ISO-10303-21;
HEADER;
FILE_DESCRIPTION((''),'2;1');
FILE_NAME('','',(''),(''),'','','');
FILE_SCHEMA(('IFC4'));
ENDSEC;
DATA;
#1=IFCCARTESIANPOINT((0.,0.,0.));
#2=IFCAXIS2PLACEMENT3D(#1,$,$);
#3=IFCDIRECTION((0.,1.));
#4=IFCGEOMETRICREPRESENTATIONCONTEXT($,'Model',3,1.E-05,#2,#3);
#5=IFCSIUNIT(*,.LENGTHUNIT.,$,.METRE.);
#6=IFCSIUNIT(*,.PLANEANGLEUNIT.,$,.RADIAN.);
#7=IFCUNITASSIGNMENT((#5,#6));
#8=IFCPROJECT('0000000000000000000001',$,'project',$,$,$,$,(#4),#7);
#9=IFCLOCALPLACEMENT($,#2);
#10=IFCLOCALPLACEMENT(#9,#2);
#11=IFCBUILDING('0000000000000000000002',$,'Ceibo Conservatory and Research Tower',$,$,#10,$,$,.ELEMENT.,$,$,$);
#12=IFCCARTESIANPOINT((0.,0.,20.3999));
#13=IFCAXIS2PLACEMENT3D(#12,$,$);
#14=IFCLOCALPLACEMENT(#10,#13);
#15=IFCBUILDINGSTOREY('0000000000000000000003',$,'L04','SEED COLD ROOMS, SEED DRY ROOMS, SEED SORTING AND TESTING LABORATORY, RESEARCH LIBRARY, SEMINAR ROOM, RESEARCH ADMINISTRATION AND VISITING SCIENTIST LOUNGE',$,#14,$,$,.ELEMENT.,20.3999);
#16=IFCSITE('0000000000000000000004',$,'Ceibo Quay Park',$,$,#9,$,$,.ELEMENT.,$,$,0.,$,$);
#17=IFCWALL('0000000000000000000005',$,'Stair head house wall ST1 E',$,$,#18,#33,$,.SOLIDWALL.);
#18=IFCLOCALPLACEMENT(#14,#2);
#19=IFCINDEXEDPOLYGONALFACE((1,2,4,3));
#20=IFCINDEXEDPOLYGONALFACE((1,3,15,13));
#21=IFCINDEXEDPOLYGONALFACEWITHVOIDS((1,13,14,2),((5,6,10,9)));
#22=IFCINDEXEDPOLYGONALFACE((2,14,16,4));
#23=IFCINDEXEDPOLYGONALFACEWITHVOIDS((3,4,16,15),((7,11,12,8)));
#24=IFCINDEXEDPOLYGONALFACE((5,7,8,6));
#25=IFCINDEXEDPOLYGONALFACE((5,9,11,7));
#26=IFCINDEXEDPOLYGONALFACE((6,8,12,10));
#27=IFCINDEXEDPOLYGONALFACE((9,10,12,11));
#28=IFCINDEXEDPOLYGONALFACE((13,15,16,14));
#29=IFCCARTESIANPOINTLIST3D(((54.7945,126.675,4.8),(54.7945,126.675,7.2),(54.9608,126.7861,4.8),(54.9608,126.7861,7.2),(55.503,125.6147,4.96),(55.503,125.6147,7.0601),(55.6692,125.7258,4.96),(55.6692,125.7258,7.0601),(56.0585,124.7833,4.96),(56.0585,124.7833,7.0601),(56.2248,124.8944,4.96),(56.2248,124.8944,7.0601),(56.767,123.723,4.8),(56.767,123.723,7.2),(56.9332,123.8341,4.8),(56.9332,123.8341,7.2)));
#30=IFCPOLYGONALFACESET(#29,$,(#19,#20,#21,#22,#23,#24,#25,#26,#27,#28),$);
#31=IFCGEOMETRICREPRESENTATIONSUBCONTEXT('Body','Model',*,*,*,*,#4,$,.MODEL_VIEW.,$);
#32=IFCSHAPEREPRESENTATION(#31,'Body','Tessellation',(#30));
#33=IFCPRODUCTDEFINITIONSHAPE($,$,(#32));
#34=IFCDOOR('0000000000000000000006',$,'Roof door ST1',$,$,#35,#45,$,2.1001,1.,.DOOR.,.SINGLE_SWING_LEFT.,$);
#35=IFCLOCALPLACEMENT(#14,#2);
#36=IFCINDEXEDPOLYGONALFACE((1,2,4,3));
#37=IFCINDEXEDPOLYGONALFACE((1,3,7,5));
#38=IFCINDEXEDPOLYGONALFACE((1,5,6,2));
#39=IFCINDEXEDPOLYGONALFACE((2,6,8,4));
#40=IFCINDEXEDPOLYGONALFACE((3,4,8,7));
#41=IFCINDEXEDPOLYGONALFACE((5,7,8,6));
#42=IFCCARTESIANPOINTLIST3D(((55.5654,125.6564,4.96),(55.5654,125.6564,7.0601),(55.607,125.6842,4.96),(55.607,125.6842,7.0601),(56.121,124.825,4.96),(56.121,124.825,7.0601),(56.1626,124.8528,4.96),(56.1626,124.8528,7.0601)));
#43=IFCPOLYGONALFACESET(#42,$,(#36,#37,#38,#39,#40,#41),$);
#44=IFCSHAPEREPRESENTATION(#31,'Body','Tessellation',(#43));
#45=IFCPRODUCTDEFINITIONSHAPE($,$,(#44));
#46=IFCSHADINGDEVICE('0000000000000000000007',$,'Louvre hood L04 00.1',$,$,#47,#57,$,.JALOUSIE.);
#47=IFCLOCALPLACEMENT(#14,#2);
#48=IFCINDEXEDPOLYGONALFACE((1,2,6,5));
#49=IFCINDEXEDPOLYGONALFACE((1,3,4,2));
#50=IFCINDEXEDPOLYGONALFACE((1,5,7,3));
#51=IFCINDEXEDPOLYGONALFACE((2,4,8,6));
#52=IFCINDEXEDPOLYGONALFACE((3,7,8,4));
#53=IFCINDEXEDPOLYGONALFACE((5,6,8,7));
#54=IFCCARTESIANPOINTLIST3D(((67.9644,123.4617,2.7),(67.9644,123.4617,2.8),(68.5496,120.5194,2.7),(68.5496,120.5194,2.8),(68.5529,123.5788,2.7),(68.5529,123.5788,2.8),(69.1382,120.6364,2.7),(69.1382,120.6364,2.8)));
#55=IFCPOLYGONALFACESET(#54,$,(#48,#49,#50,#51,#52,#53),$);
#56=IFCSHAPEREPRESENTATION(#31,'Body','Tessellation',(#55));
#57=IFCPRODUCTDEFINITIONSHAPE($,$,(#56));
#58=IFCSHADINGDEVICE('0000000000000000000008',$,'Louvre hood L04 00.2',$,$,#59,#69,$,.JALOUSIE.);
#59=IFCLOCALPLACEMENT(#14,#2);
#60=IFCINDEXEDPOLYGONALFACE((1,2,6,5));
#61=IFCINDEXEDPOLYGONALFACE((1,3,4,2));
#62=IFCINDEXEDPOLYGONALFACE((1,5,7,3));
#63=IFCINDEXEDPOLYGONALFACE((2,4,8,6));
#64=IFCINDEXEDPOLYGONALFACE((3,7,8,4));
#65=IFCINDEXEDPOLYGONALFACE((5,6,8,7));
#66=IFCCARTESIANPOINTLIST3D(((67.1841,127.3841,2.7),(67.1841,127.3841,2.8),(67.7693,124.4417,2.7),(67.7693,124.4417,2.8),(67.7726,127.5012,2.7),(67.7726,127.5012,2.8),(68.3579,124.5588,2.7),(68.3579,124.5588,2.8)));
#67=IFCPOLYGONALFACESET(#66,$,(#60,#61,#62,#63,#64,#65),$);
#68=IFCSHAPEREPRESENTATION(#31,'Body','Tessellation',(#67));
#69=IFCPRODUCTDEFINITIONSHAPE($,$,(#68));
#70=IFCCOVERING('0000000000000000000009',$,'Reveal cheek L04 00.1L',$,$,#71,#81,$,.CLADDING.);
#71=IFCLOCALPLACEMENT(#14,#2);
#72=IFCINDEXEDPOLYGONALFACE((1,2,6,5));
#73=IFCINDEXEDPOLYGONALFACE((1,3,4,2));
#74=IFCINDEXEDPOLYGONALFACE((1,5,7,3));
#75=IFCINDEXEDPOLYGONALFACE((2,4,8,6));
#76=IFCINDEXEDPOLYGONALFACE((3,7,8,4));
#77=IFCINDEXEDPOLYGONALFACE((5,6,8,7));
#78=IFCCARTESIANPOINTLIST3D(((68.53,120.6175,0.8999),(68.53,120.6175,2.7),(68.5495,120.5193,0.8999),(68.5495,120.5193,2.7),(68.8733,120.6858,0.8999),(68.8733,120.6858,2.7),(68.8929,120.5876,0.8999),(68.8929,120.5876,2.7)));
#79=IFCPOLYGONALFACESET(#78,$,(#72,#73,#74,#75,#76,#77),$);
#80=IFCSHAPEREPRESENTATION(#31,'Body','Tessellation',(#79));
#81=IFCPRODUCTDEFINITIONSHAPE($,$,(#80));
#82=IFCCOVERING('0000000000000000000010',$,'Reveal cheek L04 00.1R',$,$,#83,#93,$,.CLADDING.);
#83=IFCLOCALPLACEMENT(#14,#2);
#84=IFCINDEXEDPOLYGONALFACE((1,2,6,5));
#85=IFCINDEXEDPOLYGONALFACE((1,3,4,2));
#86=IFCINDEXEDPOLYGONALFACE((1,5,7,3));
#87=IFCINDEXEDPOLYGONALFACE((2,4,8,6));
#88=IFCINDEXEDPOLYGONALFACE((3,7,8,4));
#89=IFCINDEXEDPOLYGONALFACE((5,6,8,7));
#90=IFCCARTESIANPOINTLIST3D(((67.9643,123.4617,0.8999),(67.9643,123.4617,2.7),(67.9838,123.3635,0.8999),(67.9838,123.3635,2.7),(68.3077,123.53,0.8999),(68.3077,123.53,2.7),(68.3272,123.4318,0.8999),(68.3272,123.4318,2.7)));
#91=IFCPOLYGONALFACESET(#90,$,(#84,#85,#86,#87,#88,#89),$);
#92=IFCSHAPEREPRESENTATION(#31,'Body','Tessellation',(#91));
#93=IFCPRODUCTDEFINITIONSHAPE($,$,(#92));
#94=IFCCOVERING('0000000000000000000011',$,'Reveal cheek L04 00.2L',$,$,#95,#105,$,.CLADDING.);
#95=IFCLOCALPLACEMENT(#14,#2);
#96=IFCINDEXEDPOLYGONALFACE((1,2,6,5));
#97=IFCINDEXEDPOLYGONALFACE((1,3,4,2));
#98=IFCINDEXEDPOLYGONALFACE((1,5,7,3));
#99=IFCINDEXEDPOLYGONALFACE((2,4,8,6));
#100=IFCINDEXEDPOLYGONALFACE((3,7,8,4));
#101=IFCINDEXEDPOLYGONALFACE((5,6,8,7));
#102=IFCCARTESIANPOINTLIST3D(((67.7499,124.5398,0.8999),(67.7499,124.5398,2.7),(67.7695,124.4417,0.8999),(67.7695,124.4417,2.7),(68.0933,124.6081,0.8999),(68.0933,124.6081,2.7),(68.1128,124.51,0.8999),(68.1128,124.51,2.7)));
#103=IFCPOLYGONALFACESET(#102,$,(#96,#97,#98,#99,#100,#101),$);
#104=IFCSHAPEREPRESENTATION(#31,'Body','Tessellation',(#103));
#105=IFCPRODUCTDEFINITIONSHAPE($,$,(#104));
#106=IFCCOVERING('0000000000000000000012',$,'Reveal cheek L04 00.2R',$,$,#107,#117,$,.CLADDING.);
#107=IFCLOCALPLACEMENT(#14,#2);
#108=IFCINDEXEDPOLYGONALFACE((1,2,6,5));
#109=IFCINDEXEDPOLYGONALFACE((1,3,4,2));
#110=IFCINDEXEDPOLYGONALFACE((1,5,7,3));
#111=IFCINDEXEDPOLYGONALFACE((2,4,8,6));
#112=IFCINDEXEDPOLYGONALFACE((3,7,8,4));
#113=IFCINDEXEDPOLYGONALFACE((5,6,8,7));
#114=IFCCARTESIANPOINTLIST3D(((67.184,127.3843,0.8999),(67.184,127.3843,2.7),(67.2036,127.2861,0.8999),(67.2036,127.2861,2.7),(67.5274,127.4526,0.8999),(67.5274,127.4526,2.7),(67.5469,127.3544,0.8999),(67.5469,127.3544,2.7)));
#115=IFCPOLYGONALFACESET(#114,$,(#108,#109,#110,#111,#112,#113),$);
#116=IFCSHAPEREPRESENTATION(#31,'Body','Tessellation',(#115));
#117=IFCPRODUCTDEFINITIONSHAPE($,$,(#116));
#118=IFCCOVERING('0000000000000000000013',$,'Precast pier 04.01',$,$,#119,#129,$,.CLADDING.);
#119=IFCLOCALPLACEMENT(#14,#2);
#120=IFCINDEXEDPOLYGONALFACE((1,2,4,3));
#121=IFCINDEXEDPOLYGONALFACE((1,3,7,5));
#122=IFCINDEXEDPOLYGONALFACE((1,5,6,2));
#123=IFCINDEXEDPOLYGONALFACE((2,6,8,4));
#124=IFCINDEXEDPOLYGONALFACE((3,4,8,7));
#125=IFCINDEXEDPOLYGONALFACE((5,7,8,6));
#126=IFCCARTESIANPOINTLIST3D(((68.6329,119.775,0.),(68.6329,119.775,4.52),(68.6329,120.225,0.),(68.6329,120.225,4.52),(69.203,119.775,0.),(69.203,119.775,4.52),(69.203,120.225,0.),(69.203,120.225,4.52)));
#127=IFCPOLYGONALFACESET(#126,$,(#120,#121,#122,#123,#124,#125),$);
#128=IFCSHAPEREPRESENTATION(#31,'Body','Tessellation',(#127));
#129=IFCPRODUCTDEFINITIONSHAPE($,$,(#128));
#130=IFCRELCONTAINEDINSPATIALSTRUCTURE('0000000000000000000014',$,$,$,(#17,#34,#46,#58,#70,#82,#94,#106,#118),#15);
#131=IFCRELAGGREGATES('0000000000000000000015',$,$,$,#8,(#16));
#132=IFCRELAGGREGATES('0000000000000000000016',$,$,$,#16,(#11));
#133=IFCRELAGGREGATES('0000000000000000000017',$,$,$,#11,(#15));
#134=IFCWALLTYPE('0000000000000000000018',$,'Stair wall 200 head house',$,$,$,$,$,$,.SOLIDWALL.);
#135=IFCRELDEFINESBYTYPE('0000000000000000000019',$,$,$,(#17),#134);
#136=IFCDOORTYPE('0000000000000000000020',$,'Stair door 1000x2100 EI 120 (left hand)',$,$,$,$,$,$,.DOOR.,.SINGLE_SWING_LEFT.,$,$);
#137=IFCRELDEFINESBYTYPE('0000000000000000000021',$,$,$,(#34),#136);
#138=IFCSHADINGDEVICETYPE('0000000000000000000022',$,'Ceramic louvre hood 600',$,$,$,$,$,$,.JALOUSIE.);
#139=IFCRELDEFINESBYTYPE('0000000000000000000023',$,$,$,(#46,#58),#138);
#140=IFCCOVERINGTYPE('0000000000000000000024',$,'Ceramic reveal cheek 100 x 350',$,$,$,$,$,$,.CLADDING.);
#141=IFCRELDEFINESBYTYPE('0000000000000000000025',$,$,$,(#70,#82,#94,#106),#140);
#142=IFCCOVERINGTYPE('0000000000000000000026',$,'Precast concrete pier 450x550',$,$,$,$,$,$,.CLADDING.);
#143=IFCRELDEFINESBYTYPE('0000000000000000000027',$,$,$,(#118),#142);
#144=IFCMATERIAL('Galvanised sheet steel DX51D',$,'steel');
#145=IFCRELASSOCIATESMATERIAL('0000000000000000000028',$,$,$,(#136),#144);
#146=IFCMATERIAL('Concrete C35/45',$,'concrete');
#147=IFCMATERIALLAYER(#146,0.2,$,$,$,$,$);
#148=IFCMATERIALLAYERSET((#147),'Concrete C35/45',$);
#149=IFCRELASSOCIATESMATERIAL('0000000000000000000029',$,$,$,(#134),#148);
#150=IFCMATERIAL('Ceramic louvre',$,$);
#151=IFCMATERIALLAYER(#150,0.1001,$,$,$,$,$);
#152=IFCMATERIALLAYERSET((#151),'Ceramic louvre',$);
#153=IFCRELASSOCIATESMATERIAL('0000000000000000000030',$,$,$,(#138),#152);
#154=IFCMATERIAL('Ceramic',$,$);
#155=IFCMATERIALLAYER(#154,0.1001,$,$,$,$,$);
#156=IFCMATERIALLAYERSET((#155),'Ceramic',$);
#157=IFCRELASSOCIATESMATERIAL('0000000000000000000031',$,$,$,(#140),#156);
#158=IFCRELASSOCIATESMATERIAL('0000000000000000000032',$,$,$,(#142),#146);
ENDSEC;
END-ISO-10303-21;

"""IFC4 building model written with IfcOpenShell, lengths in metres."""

from ifc_helpers import new_model, si_unit, direction, frame, frame_2d, origin, origin_2d, place, context, subcontext, project, spatial, rectangle, extrude, material, layer, layer_set, type_object, element, fill, save


model = new_model("IFC4")

# Units and contexts
model_context = context("Model", 3, precision=1e-05, world=origin(), true_north=direction((0.0, 1.0)))
body_context = subcontext(model_context, "Body", "Model", "MODEL_VIEW")
ifc_project = project(units=[si_unit("LENGTHUNIT", "METRE"), si_unit("PLANEANGLEUNIT", "RADIAN")], contexts=[model_context])

# Site, building, storey
site_placement = place(None, origin())
site = spatial("IfcSite", under=ifc_project, at=site_placement, Name="Ceibo Quay Park", CompositionType="ELEMENT", RefElevation=0.0)
building_placement = place(site_placement, origin())
building = spatial("IfcBuilding", under=site, at=building_placement, Name="Ceibo Conservatory and Research Tower", CompositionType="ELEMENT")
storey_placement = place(building_placement, frame((0.0, 0.0, 20.3999)))
storey = spatial("IfcBuildingStorey", under=building, at=storey_placement, Name="L04", Description="SEED COLD ROOMS, SEED DRY ROOMS, SEED SORTING AND TESTING LABORATORY, RESEARCH LIBRARY, SEMINAR ROOM, RESEARCH ADMINISTRATION AND VISITING SCIENTIST LOUNGE", CompositionType="ELEMENT", Elevation=20.3999)

# Shared definitions
ifc_material_1 = material(Name="Concrete C35/45", Category="concrete")

# Shared definitions
ifc_material_2 = material(Name="Galvanised sheet steel DX51D", Category="steel")
door_type_1 = type_object("IfcDoorType", Name="Stair door 1000x2100 EI 120 (left hand)", OperationType="SINGLE_SWING_LEFT", PredefinedType="DOOR", material=ifc_material_2)

# Wall, opening, door
ifc_layer_1 = layer(ifc_material_1, 0.2)
ifc_layer_set_1 = layer_set([ifc_layer_1], Name="Concrete C35/45")
wall_type_1 = type_object("IfcWallType", Name="Stair wall 200 head house", PredefinedType="SOLIDWALL", material=ifc_layer_set_1)
wall_1_placement = place(storey_placement, frame((56.8501, 123.7786, 4.8), z_axis=(0.0, 0.0, 1.0), x_axis=(-0.555573, 0.831468, 0.0)))
wall_1 = element("IfcWall", 1, at=wall_1_placement, inside=storey, type_object=wall_type_1, Name="Stair head house wall ST1 E", PredefinedType="SOLIDWALL", context=body_context, shape_type="SweptSolid", body=[
    extrude(rectangle(XDim=3.5503, YDim=0.2, at=frame_2d((1.7751, 0.0))), origin(), (0.0, 0.0, 1.0), 2.3999),
])
opening_1_placement = place(wall_1_placement, frame((1.2751, 0.0, 0.1599)))
opening_1 = element("IfcOpeningElement", 2, at=opening_1_placement, cuts=wall_1, PredefinedType="OPENING", context=body_context, shape_type="SweptSolid", body=[
    extrude(rectangle(XDim=1.0, YDim=2.1001, at=frame_2d((0.5, 1.05))), frame((0.0, 0.1099, 0.0), z_axis=(0.0, -1.0, 0.0), x_axis=(1.0, 0.0, 0.0)), (0.0, 0.0, 1.0), 0.22),
])
door_1_placement = place(opening_1_placement, origin())
door_1 = element("IfcDoor", 3, at=door_1_placement, inside=storey, type_object=door_type_1, Name="Roof door ST1", OperationType="SINGLE_SWING_LEFT", OverallHeight=2.1001, OverallWidth=1.0, PredefinedType="DOOR", context=body_context, shape_type="SweptSolid", body=[
    extrude(rectangle(XDim=1.0, YDim=2.1001, at=frame_2d((0.5, 1.05))), frame((0.0, 0.0249, 0.0), z_axis=(0.0, -1.0, 0.0), x_axis=(1.0, 0.0, 0.0)), (0.0, 0.0, 1.0), 0.05),
])
fill(opening_1, door_1)

# Shading devices
ifc_material_3 = material(Name="Ceramic louvre")
ifc_layer_2 = layer(ifc_material_3, 0.1001)
ifc_layer_set_2 = layer_set([ifc_layer_2], Name="Ceramic louvre")
shading_device_type = type_object("IfcShadingDeviceType", Name="Ceramic louvre hood 600", PredefinedType="JALOUSIE", material=ifc_layer_set_2)
for number, where, z_axis, x_axis, name in (
    (4, (68.5513, 122.0491, 2.7), (0.0, 0.0, 1.0), (-0.19509, 0.980785, 0.0), "Louvre hood L04 00.1"),
    (5, (67.771, 125.9714, 2.7), (0.0, 0.0, 1.0), (-0.19509, 0.980785, 0.0), "Louvre hood L04 00.2"),
):
    element("IfcShadingDevice", number, at=place(storey_placement, frame(where, z_axis=z_axis, x_axis=x_axis)), inside=storey, type_object=shading_device_type, Name=name, PredefinedType="JALOUSIE", context=body_context, shape_type="SweptSolid", body=[
        extrude(rectangle(XDim=3.0, YDim=0.6001, at=origin_2d()), origin(), (0.0, 0.0, 1.0), 0.1001),
    ])

# Coverings
ifc_material_4 = material(Name="Ceramic")
ifc_layer_3 = layer(ifc_material_4, 0.1001)
ifc_layer_set_3 = layer_set([ifc_layer_3], Name="Ceramic")
covering_type_1 = type_object("IfcCoveringType", Name="Ceramic reveal cheek 100 x 350", PredefinedType="CLADDING", material=ifc_layer_set_3)
for number, where, z_axis, x_axis, name in (
    (6, (68.7114, 120.6025, 0.8999), (0.0, 0.0, 1.0), (-0.19509, 0.980785, 0.0), "Reveal cheek L04 00.1L"),
    (7, (68.1458, 123.4468, 0.8999), (0.0, 0.0, 1.0), (-0.19509, 0.980785, 0.0), "Reveal cheek L04 00.1R"),
    (8, (67.9314, 124.5249, 0.8999), (0.0, 0.0, 1.0), (-0.19509, 0.980785, 0.0), "Reveal cheek L04 00.2L"),
    (9, (67.3655, 127.3694, 0.8999), (0.0, 0.0, 1.0), (-0.19509, 0.980785, 0.0), "Reveal cheek L04 00.2R"),
):
    element("IfcCovering", number, at=place(storey_placement, frame(where, z_axis=z_axis, x_axis=x_axis)), inside=storey, type_object=covering_type_1, Name=name, PredefinedType="CLADDING", context=body_context, shape_type="SweptSolid", body=[
        extrude(rectangle(XDim=0.1001, YDim=0.3501, at=origin_2d()), origin(), (0.0, 0.0, 1.0), 1.8),
    ])
covering_type_2 = type_object("IfcCoveringType", Name="Precast concrete pier 450x550", PredefinedType="CLADDING", material=ifc_material_1)
covering_placement = place(storey_placement, frame((68.918, 120.0, 0.0), z_axis=(0.0, 0.0, 1.0), x_axis=(1.0, 0.0, 0.0)))
element("IfcCovering", 10, at=covering_placement, inside=storey, type_object=covering_type_2, Name="Precast pier 04.01", PredefinedType="CLADDING", context=body_context, shape_type="SweptSolid", body=[
    extrude(rectangle(XDim=0.5701, YDim=0.45, at=origin_2d()), origin(), (0.0, 0.0, 1.0), 4.52),
])

save(model, "model.ifc")
